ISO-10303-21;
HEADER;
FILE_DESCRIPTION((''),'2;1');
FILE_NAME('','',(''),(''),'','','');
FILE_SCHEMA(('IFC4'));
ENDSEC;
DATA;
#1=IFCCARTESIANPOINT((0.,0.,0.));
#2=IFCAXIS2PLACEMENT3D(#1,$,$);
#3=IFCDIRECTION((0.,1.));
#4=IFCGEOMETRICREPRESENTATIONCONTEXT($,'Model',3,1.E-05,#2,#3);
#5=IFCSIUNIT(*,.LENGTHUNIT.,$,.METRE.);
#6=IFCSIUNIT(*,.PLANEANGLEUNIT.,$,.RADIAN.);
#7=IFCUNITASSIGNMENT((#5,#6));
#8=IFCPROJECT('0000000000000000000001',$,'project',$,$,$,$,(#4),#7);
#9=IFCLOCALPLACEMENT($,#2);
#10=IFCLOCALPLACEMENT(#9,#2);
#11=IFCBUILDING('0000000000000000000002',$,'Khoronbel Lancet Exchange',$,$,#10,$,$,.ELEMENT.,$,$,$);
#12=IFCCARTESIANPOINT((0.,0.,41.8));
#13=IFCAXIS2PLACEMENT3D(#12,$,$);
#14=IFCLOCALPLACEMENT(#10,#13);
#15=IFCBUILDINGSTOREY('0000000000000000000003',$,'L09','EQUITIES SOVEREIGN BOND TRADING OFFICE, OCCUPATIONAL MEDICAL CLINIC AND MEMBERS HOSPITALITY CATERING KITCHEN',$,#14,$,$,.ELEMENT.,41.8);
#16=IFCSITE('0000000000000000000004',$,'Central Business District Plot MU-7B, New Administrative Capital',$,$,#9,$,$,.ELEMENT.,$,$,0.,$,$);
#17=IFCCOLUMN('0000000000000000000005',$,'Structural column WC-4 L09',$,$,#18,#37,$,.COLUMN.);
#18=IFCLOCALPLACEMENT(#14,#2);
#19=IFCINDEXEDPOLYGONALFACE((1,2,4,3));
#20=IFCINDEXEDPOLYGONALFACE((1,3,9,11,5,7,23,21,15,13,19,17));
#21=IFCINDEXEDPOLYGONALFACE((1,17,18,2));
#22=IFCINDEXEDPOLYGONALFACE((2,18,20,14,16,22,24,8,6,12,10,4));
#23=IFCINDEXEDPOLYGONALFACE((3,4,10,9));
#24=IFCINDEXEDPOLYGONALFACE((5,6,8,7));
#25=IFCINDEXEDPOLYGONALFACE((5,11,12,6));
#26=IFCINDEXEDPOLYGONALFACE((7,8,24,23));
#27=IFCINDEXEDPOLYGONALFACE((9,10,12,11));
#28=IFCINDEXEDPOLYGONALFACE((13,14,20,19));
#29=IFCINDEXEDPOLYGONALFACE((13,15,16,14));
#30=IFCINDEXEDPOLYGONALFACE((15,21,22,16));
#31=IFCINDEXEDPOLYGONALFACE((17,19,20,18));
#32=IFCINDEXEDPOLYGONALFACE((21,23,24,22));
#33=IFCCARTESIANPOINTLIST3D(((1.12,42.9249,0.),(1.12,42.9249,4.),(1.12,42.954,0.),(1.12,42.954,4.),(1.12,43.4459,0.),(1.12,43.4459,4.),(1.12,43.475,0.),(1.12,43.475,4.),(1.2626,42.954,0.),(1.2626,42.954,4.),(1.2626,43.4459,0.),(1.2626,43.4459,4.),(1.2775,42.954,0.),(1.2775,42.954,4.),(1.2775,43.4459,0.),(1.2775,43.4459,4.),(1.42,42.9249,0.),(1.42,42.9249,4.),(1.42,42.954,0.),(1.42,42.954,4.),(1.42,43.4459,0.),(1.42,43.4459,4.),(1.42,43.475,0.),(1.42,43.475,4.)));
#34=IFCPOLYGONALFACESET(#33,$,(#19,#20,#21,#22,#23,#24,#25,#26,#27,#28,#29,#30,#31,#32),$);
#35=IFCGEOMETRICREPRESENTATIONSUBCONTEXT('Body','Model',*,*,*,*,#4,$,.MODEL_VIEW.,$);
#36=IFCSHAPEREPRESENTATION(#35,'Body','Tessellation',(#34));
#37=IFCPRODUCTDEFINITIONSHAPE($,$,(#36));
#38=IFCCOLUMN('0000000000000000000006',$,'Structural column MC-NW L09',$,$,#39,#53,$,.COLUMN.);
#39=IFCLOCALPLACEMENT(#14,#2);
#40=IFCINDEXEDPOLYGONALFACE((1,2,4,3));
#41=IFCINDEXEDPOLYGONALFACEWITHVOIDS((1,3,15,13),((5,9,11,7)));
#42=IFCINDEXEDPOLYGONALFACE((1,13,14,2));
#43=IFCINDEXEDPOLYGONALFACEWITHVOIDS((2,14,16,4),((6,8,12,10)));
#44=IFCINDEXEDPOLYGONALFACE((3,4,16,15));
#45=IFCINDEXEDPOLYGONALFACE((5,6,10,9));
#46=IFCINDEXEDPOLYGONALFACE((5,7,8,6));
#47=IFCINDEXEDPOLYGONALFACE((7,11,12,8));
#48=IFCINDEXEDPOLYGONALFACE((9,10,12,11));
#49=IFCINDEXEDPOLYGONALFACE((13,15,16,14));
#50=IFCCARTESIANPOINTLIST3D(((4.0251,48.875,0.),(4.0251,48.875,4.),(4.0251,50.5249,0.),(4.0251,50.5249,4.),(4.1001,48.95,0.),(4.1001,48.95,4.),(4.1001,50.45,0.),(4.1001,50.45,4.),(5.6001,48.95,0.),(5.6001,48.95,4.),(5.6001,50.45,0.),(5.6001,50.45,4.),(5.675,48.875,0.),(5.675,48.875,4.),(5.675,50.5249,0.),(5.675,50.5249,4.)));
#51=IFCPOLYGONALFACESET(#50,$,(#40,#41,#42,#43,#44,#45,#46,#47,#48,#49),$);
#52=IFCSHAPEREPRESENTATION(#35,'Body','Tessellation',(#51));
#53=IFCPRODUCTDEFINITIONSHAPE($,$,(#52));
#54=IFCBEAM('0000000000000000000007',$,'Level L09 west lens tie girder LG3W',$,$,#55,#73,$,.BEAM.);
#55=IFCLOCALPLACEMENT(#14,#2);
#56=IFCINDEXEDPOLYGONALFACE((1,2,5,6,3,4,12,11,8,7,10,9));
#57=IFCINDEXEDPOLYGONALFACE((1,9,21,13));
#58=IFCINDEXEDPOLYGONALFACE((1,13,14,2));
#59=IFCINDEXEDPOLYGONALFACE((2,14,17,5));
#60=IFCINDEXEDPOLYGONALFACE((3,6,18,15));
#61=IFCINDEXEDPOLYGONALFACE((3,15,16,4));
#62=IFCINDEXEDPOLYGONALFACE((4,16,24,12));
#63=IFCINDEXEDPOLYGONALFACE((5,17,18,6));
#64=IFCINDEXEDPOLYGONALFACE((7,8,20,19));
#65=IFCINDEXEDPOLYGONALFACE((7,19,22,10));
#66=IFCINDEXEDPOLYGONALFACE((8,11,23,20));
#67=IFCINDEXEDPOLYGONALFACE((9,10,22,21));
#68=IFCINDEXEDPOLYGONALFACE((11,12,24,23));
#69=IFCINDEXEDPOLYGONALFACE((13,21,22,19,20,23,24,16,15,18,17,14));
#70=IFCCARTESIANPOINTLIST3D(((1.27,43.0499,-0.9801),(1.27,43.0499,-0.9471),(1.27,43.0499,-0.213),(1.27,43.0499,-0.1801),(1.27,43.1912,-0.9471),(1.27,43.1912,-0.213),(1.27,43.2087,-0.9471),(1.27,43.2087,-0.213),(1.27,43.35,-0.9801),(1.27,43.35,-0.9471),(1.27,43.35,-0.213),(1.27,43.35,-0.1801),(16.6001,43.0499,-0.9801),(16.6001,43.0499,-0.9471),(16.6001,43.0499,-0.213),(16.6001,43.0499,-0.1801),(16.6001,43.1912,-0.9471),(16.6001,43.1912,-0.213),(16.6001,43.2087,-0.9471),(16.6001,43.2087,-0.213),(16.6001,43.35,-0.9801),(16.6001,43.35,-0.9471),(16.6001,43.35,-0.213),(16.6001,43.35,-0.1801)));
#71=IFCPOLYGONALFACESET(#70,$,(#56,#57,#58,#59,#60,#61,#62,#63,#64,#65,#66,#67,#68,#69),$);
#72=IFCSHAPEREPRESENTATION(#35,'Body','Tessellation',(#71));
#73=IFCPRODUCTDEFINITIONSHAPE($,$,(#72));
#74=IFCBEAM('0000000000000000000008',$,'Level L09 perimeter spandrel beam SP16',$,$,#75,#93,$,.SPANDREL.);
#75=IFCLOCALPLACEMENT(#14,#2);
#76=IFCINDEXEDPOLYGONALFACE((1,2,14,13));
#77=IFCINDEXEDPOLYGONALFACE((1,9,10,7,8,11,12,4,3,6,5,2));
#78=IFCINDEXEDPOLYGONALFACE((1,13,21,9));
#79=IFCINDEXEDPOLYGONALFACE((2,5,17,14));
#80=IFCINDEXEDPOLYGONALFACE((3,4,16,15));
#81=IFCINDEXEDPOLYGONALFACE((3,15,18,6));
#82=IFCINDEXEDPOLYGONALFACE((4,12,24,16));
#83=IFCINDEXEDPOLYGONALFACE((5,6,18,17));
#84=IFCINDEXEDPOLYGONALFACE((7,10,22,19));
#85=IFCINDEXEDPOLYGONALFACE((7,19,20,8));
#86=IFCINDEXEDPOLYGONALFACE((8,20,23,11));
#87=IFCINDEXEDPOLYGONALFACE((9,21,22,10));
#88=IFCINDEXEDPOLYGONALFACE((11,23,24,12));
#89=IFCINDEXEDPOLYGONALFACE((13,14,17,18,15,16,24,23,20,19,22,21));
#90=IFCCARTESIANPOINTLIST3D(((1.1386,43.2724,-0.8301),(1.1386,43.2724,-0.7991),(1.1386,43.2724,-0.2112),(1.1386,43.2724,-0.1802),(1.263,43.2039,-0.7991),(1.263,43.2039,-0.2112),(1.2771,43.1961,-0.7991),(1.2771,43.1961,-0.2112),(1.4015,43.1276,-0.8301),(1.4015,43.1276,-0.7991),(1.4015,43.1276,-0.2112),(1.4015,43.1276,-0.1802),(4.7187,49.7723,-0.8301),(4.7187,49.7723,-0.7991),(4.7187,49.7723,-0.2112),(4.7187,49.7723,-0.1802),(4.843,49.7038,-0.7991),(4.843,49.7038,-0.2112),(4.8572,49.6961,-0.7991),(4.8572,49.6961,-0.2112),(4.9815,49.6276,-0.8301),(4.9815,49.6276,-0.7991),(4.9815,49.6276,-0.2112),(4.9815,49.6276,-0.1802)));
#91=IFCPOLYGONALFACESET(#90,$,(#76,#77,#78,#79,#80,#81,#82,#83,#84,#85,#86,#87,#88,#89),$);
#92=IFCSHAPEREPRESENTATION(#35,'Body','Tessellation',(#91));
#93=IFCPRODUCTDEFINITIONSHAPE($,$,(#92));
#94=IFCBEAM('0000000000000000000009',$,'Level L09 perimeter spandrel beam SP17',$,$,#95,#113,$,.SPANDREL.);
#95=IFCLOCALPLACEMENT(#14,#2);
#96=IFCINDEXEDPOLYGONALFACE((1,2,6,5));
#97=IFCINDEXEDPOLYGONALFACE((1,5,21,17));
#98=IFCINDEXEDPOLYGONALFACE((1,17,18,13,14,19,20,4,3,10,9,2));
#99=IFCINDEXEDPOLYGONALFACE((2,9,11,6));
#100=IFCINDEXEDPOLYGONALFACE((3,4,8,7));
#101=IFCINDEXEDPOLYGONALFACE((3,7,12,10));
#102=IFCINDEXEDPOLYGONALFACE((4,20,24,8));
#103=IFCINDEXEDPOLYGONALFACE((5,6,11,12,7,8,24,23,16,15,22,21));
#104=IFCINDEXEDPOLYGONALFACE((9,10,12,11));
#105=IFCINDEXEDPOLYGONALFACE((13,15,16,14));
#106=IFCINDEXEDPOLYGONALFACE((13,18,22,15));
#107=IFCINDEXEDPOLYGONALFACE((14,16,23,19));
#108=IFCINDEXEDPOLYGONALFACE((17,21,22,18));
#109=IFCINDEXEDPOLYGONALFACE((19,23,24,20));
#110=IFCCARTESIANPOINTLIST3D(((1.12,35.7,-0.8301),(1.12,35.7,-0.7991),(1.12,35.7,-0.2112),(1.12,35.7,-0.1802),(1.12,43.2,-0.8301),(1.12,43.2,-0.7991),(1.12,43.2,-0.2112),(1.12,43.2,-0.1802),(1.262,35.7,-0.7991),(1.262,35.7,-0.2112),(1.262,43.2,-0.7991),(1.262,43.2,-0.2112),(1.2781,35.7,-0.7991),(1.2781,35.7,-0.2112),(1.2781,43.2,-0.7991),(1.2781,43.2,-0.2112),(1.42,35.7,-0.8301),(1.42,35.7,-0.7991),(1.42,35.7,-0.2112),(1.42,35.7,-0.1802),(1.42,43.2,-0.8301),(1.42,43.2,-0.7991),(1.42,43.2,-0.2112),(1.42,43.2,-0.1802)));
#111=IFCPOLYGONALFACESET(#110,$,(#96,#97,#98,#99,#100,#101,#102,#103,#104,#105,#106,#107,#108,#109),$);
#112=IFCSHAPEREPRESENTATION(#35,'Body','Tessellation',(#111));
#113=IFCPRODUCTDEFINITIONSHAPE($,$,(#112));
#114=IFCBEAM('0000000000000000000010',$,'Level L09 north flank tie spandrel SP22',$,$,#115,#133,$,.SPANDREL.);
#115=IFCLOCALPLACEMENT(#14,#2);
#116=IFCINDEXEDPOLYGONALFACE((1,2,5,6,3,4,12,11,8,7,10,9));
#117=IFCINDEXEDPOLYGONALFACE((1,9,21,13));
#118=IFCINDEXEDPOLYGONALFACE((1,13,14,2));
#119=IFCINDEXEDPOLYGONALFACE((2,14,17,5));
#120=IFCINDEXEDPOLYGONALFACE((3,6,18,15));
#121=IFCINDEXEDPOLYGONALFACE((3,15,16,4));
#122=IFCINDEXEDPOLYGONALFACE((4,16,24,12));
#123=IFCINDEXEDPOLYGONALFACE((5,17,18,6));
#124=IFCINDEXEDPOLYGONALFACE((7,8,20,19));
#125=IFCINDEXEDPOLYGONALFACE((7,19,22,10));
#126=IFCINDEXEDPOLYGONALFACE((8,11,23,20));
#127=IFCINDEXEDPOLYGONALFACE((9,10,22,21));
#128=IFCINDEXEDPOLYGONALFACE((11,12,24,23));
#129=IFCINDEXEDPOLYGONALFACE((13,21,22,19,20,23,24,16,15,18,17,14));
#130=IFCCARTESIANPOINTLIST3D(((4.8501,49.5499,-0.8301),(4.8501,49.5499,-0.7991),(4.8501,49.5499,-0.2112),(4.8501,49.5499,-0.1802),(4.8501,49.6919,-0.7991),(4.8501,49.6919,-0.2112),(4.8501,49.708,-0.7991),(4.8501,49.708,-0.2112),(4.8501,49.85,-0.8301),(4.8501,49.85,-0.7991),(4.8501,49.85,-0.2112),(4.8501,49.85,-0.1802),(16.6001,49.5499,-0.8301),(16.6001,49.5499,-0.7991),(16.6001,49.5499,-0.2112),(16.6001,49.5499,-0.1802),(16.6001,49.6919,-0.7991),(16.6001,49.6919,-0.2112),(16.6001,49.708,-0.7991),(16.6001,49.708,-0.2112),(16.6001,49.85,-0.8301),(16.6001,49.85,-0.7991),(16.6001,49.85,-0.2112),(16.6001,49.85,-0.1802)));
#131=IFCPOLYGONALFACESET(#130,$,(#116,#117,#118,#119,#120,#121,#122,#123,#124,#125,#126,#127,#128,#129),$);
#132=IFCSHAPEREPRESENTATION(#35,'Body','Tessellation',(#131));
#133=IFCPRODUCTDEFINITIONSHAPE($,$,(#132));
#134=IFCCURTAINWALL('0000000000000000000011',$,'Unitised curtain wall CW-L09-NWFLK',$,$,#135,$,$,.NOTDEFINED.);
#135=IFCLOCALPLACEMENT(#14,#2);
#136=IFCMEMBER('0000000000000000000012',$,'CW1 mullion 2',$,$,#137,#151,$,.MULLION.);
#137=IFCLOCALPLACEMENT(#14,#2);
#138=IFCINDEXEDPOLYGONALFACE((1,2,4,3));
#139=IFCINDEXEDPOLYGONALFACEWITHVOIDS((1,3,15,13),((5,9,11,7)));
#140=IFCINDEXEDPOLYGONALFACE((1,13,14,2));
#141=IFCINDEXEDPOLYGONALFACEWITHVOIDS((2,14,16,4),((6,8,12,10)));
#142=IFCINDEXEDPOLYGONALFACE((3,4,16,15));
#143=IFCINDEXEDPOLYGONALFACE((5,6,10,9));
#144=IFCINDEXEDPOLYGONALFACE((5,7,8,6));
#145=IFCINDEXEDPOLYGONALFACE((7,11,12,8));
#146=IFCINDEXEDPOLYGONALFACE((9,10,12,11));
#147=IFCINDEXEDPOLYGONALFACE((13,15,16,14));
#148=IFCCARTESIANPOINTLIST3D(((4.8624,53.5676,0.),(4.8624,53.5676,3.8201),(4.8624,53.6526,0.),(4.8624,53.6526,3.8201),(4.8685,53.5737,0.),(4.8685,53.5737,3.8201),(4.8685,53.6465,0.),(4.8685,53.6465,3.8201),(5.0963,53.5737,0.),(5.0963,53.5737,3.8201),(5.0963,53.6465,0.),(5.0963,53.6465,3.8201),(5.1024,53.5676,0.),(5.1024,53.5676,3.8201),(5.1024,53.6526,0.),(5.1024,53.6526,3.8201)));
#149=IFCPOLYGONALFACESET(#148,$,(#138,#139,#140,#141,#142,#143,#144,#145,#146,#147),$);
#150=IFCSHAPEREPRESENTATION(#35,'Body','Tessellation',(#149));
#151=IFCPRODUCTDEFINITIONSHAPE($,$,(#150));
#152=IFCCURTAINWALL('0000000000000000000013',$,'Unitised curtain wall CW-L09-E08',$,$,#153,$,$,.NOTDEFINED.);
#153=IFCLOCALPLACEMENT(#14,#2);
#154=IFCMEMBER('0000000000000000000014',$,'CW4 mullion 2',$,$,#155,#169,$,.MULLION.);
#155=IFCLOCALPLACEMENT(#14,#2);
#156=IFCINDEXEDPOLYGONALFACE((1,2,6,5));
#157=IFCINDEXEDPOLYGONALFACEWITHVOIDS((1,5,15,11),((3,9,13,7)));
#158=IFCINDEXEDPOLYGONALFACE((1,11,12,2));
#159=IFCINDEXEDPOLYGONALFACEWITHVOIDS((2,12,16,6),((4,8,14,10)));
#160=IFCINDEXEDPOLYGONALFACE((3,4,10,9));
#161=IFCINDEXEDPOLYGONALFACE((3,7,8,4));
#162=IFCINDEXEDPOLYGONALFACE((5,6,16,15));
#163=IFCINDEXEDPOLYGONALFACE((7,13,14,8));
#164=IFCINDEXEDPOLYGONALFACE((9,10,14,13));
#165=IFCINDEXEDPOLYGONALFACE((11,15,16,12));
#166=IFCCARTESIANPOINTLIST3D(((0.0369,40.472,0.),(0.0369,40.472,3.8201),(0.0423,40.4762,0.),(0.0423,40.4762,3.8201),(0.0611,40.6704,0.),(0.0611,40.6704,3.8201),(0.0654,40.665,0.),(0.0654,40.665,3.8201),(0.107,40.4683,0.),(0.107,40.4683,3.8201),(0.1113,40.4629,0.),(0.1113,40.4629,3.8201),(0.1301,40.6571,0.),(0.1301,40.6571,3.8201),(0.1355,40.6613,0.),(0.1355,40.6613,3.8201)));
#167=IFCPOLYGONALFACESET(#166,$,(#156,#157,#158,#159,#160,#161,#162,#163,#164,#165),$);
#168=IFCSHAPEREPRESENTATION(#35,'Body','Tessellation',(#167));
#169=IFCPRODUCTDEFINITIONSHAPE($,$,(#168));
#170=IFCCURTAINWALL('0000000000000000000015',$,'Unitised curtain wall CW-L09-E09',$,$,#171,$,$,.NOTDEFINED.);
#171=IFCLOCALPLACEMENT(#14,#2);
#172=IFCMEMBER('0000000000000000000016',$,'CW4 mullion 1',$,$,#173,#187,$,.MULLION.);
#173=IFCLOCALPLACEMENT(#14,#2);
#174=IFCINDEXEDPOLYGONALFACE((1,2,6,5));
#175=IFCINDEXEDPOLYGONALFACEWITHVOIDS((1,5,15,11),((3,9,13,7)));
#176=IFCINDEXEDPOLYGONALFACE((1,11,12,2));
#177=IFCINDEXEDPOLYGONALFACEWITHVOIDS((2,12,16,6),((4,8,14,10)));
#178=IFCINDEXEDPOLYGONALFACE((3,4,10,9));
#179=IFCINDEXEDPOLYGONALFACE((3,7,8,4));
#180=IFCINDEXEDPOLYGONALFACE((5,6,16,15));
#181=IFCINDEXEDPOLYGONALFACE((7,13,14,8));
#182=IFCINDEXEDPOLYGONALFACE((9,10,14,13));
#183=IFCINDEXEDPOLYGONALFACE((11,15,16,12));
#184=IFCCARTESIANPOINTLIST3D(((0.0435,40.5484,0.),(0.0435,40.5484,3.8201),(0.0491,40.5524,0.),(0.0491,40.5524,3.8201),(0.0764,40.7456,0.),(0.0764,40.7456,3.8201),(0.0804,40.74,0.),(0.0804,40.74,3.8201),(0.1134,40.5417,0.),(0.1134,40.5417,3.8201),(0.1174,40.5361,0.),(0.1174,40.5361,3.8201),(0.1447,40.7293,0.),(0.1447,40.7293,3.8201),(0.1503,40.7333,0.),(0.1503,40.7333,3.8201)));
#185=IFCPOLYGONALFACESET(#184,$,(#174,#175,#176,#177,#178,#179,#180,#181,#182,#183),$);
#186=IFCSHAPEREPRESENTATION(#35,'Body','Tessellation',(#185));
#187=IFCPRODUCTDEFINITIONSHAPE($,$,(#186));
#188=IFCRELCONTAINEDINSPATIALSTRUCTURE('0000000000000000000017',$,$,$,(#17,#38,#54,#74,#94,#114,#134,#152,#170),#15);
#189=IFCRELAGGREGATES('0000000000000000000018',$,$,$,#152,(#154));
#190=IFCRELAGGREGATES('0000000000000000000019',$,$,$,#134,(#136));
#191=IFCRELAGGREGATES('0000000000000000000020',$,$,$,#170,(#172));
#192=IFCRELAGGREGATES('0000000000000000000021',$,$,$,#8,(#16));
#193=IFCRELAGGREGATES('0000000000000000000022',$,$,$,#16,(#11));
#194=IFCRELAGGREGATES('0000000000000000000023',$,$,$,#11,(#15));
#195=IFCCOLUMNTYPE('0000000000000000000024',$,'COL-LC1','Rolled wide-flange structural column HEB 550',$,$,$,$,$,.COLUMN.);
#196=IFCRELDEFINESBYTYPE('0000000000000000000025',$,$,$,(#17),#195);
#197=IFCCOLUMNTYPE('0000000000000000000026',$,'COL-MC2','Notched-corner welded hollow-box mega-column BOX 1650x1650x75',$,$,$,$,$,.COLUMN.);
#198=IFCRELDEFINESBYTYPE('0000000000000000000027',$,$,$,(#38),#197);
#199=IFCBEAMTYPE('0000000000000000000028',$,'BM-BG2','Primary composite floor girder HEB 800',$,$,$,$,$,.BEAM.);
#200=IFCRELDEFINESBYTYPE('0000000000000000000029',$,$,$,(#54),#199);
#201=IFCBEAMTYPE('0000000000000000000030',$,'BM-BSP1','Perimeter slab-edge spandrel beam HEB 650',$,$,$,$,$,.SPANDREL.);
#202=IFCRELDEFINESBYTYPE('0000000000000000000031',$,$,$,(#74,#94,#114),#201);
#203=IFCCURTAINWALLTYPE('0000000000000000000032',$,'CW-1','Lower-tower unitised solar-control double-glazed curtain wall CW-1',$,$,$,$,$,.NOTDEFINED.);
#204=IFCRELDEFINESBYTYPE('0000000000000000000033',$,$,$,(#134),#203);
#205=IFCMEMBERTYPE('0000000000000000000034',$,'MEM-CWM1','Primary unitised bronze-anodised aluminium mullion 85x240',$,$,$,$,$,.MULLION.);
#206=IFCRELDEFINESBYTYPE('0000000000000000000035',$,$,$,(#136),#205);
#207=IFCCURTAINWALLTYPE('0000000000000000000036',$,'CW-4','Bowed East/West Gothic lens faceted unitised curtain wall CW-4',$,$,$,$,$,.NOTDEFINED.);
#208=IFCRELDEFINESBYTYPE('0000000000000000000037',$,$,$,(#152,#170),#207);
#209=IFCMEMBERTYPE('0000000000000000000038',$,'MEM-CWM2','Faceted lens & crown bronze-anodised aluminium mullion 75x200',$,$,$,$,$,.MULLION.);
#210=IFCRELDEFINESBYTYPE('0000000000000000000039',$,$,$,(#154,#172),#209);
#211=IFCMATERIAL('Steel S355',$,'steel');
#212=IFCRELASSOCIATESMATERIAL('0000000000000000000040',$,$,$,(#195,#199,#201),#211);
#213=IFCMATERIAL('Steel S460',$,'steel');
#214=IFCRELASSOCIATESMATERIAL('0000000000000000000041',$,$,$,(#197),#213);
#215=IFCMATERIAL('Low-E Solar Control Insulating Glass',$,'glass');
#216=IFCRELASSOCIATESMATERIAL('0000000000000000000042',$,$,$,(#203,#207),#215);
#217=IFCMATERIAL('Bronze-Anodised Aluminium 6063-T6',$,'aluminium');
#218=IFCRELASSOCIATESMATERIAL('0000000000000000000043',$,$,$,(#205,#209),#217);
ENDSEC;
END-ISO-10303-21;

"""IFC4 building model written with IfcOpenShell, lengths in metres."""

from ifc_helpers import new_model, si_unit, direction, frame, origin, origin_2d, place, context, subcontext, project, spatial, hollow_rectangle, i_section, extrude, material, material_profile, profile_set, type_object, element, aggregate, save


model = new_model("IFC4")

# Units and contexts
model_context = context("Model", 3, precision=1e-05, world=origin(), true_north=direction((0.0, 1.0)))
body_context = subcontext(model_context, "Body", "Model", "MODEL_VIEW")
ifc_project = project(units=[si_unit("LENGTHUNIT", "METRE"), si_unit("PLANEANGLEUNIT", "RADIAN")], contexts=[model_context])

# Site, building, storey
site_placement = place(None, origin())
site = spatial("IfcSite", under=ifc_project, at=site_placement, Name="Central Business District Plot MU-7B, New Administrative Capital", CompositionType="ELEMENT", RefElevation=0.0)
building_placement = place(site_placement, origin())
building = spatial("IfcBuilding", under=site, at=building_placement, Name="Khoronbel Lancet Exchange", CompositionType="ELEMENT")
storey_placement = place(building_placement, frame((0.0, 0.0, 41.8)))
storey = spatial("IfcBuildingStorey", under=building, at=storey_placement, Name="L09", Description="EQUITIES SOVEREIGN BOND TRADING OFFICE, OCCUPATIONAL MEDICAL CLINIC AND MEMBERS HOSPITALITY CATERING KITCHEN", CompositionType="ELEMENT", Elevation=41.8)

# Columns
ifc_material_1 = material(Name="Steel S355", Category="steel")
ifc_material_profile_1 = material_profile(ifc_material_1, i_section(OverallWidth=0.3, OverallDepth=0.55, WebThickness=0.0149, FlangeThickness=0.0291, at=origin_2d()), Name="HEB 550")
ifc_profile_set_1 = profile_set([ifc_material_profile_1], Name="Steel S355")
column_type_1 = type_object("IfcColumnType", Name="COL-LC1", Description="Rolled wide-flange structural column HEB 550", PredefinedType="COLUMN", material=ifc_profile_set_1)
column_1_placement = place(storey_placement, frame((1.27, 43.2, 0.0), z_axis=(0.0, 0.0, 1.0), x_axis=(1.0, 0.0, 0.0)))
element("IfcColumn", 1, at=column_1_placement, inside=storey, type_object=column_type_1, Name="Structural column WC-4 L09", PredefinedType="COLUMN", context=body_context, shape_type="SweptSolid", body=[
    extrude(i_section(OverallWidth=0.3, OverallDepth=0.55, WebThickness=0.0149, FlangeThickness=0.0291, at=origin_2d()), origin(), (0.0, 0.0, 1.0), 4.0),
])
ifc_material_2 = material(Name="Steel S460", Category="steel")
ifc_material_profile_2 = material_profile(ifc_material_2, hollow_rectangle(XDim=1.6499, YDim=1.6499, WallThickness=0.075, at=origin_2d()), Name="BOX 1650x1650x75")
ifc_profile_set_2 = profile_set([ifc_material_profile_2], Name="Steel S460")
column_type_2 = type_object("IfcColumnType", Name="COL-MC2", Description="Notched-corner welded hollow-box mega-column BOX 1650x1650x75", PredefinedType="COLUMN", material=ifc_profile_set_2)
column_2_placement = place(storey_placement, frame((4.8501, 49.7, 0.0), z_axis=(0.0, 0.0, 1.0), x_axis=(1.0, 0.0, 0.0)))
element("IfcColumn", 2, at=column_2_placement, inside=storey, type_object=column_type_2, Name="Structural column MC-NW L09", PredefinedType="COLUMN", context=body_context, shape_type="SweptSolid", body=[
    extrude(hollow_rectangle(XDim=1.6499, YDim=1.6499, WallThickness=0.075, at=origin_2d()), origin(), (0.0, 0.0, 1.0), 4.0),
])

# Beams
ifc_material_profile_3 = material_profile(ifc_material_1, i_section(OverallWidth=0.3, OverallDepth=0.8, WebThickness=0.0176, FlangeThickness=0.033, at=origin_2d()), Name="HEB 800")
ifc_profile_set_3 = profile_set([ifc_material_profile_3], Name="Steel S355")
beam_type_1 = type_object("IfcBeamType", Name="BM-BG2", Description="Primary composite floor girder HEB 800", PredefinedType="BEAM", material=ifc_profile_set_3)
beam_1_placement = place(storey_placement, frame((1.27, 43.2, -0.5801), z_axis=(1.0, 0.0, 0.0), x_axis=(0.0, 1.0, 0.0)))
element("IfcBeam", 3, at=beam_1_placement, inside=storey, type_object=beam_type_1, Name="Level L09 west lens tie girder LG3W", PredefinedType="BEAM", context=body_context, shape_type="SweptSolid", body=[
    extrude(i_section(OverallWidth=0.3, OverallDepth=0.8, WebThickness=0.0176, FlangeThickness=0.033, at=origin_2d()), origin(), (0.0, 0.0, 1.0), 15.3301),
])
ifc_material_profile_4 = material_profile(ifc_material_1, i_section(OverallWidth=0.3, OverallDepth=0.6499, WebThickness=0.0161, FlangeThickness=0.031, at=origin_2d()), Name="HEB 650")
ifc_profile_set_4 = profile_set([ifc_material_profile_4], Name="Steel S355")
beam_type_2 = type_object("IfcBeamType", Name="BM-BSP1", Description="Perimeter slab-edge spandrel beam HEB 650", PredefinedType="SPANDREL", material=ifc_profile_set_4)
beam_2_placement = place(storey_placement, frame((4.8501, 49.7, -0.5051), z_axis=(-0.482444, -0.875927, 0.0), x_axis=(0.875927, -0.482444, 0.0)))
element("IfcBeam", 4, at=beam_2_placement, inside=storey, type_object=beam_type_2, Name="Level L09 perimeter spandrel beam SP16", PredefinedType="SPANDREL", context=body_context, shape_type="SweptSolid", body=[
    extrude(i_section(OverallWidth=0.3, OverallDepth=0.6499, WebThickness=0.0161, FlangeThickness=0.031, at=origin_2d()), origin(), (0.0, 0.0, 1.0), 7.4207),
])
beam_3_placement = place(storey_placement, frame((1.27, 43.2, -0.5051), z_axis=(0.0, -1.0, 0.0), x_axis=(1.0, 0.0, 0.0)))
element("IfcBeam", 5, at=beam_3_placement, inside=storey, type_object=beam_type_2, Name="Level L09 perimeter spandrel beam SP17", PredefinedType="SPANDREL", context=body_context, shape_type="SweptSolid", body=[
    extrude(i_section(OverallWidth=0.3, OverallDepth=0.6499, WebThickness=0.0161, FlangeThickness=0.031, at=origin_2d()), origin(), (0.0, 0.0, 1.0), 7.5),
])
beam_4_placement = place(storey_placement, frame((4.8501, 49.7, -0.5051), z_axis=(1.0, 0.0, 0.0), x_axis=(0.0, 1.0, 0.0)))
element("IfcBeam", 6, at=beam_4_placement, inside=storey, type_object=beam_type_2, Name="Level L09 north flank tie spandrel SP22", PredefinedType="SPANDREL", context=body_context, shape_type="SweptSolid", body=[
    extrude(i_section(OverallWidth=0.3, OverallDepth=0.6499, WebThickness=0.0161, FlangeThickness=0.031, at=origin_2d()), origin(), (0.0, 0.0, 1.0), 11.75),
])

# Curtain walls, members
ifc_material_3 = material(Name="Low-E Solar Control Insulating Glass", Category="glass")
curtain_wall_type_1 = type_object("IfcCurtainWallType", Name="CW-1", Description="Lower-tower unitised solar-control double-glazed curtain wall CW-1", PredefinedType="NOTDEFINED", material=ifc_material_3)
curtain_wall_1_placement = place(storey_placement, origin())
curtain_wall_1 = element("IfcCurtainWall", 7, at=curtain_wall_1_placement, inside=storey, type_object=curtain_wall_type_1, Name="Unitised curtain wall CW-L09-NWFLK", PredefinedType="NOTDEFINED")
ifc_material_4 = material(Name="Bronze-Anodised Aluminium 6063-T6", Category="aluminium")
ifc_material_profile_5 = material_profile(ifc_material_4, hollow_rectangle(XDim=0.085, YDim=0.24, WallThickness=0.0061, at=origin_2d()), Name="ALU MULLION 85x240")
ifc_profile_set_5 = profile_set([ifc_material_profile_5], Name="Bronze-Anodised Aluminium 6063-T6")
member_type_1 = type_object("IfcMemberType", Name="MEM-CWM1", Description="Primary unitised bronze-anodised aluminium mullion 85x240", PredefinedType="MULLION", material=ifc_profile_set_5)
member_1_placement = place(storey_placement, frame((4.9824, 53.6101, 0.0), z_axis=(0.0, 0.0, 1.0), x_axis=(0.0, -1.0, 0.0)))
member_1 = element("IfcMember", 8, at=member_1_placement, type_object=member_type_1, Name="CW1 mullion 2", PredefinedType="MULLION", context=body_context, shape_type="SweptSolid", body=[
    extrude(hollow_rectangle(XDim=0.085, YDim=0.24, WallThickness=0.0061, at=origin_2d()), origin(), (0.0, 0.0, 1.0), 3.8201),
])
curtain_wall_type_2 = type_object("IfcCurtainWallType", Name="CW-4", Description="Bowed East/West Gothic lens faceted unitised curtain wall CW-4", PredefinedType="NOTDEFINED", material=ifc_material_3)
curtain_wall_2_placement = place(storey_placement, origin())
curtain_wall_2 = element("IfcCurtainWall", 9, at=curtain_wall_2_placement, inside=storey, type_object=curtain_wall_type_2, Name="Unitised curtain wall CW-L09-E08", PredefinedType="NOTDEFINED")
ifc_material_profile_6 = material_profile(ifc_material_4, hollow_rectangle(XDim=0.075, YDim=0.2, WallThickness=0.0049, at=origin_2d()), Name="ALU MULLION 75x200")
ifc_profile_set_6 = profile_set([ifc_material_profile_6], Name="Bronze-Anodised Aluminium 6063-T6")
member_type_2 = type_object("IfcMemberType", Name="MEM-CWM2", Description="Faceted lens & crown bronze-anodised aluminium mullion 75x200", PredefinedType="MULLION", material=ifc_profile_set_6)
member_2_placement = place(storey_placement, frame((0.0862, 40.5667, 0.0), z_axis=(0.0, 0.0, 1.0), x_axis=(-0.992622, 0.121253, 0.0)))
member_2 = element("IfcMember", 10, at=member_2_placement, type_object=member_type_2, Name="CW4 mullion 2", PredefinedType="MULLION", context=body_context, shape_type="SweptSolid", body=[
    extrude(hollow_rectangle(XDim=0.075, YDim=0.2, WallThickness=0.0049, at=origin_2d()), origin(), (0.0, 0.0, 1.0), 3.8201),
])

# Curtain wall, member
curtain_wall_3_placement = place(storey_placement, origin())
curtain_wall_3 = element("IfcCurtainWall", 11, at=curtain_wall_3_placement, inside=storey, type_object=curtain_wall_type_2, Name="Unitised curtain wall CW-L09-E09", PredefinedType="NOTDEFINED")
member_3_placement = place(storey_placement, frame((0.0969, 40.6409, 0.0), z_axis=(0.0, 0.0, 1.0), x_axis=(-0.98636, 0.164603, 0.0)))
member_3 = element("IfcMember", 12, at=member_3_placement, type_object=member_type_2, Name="CW4 mullion 1", PredefinedType="MULLION", context=body_context, shape_type="SweptSolid", body=[
    extrude(hollow_rectangle(XDim=0.075, YDim=0.2, WallThickness=0.0049, at=origin_2d()), origin(), (0.0, 0.0, 1.0), 3.8201),
])

aggregate(curtain_wall_2, [member_2])
aggregate(curtain_wall_1, [member_1])
aggregate(curtain_wall_3, [member_3])

save(model, "model.ifc")
